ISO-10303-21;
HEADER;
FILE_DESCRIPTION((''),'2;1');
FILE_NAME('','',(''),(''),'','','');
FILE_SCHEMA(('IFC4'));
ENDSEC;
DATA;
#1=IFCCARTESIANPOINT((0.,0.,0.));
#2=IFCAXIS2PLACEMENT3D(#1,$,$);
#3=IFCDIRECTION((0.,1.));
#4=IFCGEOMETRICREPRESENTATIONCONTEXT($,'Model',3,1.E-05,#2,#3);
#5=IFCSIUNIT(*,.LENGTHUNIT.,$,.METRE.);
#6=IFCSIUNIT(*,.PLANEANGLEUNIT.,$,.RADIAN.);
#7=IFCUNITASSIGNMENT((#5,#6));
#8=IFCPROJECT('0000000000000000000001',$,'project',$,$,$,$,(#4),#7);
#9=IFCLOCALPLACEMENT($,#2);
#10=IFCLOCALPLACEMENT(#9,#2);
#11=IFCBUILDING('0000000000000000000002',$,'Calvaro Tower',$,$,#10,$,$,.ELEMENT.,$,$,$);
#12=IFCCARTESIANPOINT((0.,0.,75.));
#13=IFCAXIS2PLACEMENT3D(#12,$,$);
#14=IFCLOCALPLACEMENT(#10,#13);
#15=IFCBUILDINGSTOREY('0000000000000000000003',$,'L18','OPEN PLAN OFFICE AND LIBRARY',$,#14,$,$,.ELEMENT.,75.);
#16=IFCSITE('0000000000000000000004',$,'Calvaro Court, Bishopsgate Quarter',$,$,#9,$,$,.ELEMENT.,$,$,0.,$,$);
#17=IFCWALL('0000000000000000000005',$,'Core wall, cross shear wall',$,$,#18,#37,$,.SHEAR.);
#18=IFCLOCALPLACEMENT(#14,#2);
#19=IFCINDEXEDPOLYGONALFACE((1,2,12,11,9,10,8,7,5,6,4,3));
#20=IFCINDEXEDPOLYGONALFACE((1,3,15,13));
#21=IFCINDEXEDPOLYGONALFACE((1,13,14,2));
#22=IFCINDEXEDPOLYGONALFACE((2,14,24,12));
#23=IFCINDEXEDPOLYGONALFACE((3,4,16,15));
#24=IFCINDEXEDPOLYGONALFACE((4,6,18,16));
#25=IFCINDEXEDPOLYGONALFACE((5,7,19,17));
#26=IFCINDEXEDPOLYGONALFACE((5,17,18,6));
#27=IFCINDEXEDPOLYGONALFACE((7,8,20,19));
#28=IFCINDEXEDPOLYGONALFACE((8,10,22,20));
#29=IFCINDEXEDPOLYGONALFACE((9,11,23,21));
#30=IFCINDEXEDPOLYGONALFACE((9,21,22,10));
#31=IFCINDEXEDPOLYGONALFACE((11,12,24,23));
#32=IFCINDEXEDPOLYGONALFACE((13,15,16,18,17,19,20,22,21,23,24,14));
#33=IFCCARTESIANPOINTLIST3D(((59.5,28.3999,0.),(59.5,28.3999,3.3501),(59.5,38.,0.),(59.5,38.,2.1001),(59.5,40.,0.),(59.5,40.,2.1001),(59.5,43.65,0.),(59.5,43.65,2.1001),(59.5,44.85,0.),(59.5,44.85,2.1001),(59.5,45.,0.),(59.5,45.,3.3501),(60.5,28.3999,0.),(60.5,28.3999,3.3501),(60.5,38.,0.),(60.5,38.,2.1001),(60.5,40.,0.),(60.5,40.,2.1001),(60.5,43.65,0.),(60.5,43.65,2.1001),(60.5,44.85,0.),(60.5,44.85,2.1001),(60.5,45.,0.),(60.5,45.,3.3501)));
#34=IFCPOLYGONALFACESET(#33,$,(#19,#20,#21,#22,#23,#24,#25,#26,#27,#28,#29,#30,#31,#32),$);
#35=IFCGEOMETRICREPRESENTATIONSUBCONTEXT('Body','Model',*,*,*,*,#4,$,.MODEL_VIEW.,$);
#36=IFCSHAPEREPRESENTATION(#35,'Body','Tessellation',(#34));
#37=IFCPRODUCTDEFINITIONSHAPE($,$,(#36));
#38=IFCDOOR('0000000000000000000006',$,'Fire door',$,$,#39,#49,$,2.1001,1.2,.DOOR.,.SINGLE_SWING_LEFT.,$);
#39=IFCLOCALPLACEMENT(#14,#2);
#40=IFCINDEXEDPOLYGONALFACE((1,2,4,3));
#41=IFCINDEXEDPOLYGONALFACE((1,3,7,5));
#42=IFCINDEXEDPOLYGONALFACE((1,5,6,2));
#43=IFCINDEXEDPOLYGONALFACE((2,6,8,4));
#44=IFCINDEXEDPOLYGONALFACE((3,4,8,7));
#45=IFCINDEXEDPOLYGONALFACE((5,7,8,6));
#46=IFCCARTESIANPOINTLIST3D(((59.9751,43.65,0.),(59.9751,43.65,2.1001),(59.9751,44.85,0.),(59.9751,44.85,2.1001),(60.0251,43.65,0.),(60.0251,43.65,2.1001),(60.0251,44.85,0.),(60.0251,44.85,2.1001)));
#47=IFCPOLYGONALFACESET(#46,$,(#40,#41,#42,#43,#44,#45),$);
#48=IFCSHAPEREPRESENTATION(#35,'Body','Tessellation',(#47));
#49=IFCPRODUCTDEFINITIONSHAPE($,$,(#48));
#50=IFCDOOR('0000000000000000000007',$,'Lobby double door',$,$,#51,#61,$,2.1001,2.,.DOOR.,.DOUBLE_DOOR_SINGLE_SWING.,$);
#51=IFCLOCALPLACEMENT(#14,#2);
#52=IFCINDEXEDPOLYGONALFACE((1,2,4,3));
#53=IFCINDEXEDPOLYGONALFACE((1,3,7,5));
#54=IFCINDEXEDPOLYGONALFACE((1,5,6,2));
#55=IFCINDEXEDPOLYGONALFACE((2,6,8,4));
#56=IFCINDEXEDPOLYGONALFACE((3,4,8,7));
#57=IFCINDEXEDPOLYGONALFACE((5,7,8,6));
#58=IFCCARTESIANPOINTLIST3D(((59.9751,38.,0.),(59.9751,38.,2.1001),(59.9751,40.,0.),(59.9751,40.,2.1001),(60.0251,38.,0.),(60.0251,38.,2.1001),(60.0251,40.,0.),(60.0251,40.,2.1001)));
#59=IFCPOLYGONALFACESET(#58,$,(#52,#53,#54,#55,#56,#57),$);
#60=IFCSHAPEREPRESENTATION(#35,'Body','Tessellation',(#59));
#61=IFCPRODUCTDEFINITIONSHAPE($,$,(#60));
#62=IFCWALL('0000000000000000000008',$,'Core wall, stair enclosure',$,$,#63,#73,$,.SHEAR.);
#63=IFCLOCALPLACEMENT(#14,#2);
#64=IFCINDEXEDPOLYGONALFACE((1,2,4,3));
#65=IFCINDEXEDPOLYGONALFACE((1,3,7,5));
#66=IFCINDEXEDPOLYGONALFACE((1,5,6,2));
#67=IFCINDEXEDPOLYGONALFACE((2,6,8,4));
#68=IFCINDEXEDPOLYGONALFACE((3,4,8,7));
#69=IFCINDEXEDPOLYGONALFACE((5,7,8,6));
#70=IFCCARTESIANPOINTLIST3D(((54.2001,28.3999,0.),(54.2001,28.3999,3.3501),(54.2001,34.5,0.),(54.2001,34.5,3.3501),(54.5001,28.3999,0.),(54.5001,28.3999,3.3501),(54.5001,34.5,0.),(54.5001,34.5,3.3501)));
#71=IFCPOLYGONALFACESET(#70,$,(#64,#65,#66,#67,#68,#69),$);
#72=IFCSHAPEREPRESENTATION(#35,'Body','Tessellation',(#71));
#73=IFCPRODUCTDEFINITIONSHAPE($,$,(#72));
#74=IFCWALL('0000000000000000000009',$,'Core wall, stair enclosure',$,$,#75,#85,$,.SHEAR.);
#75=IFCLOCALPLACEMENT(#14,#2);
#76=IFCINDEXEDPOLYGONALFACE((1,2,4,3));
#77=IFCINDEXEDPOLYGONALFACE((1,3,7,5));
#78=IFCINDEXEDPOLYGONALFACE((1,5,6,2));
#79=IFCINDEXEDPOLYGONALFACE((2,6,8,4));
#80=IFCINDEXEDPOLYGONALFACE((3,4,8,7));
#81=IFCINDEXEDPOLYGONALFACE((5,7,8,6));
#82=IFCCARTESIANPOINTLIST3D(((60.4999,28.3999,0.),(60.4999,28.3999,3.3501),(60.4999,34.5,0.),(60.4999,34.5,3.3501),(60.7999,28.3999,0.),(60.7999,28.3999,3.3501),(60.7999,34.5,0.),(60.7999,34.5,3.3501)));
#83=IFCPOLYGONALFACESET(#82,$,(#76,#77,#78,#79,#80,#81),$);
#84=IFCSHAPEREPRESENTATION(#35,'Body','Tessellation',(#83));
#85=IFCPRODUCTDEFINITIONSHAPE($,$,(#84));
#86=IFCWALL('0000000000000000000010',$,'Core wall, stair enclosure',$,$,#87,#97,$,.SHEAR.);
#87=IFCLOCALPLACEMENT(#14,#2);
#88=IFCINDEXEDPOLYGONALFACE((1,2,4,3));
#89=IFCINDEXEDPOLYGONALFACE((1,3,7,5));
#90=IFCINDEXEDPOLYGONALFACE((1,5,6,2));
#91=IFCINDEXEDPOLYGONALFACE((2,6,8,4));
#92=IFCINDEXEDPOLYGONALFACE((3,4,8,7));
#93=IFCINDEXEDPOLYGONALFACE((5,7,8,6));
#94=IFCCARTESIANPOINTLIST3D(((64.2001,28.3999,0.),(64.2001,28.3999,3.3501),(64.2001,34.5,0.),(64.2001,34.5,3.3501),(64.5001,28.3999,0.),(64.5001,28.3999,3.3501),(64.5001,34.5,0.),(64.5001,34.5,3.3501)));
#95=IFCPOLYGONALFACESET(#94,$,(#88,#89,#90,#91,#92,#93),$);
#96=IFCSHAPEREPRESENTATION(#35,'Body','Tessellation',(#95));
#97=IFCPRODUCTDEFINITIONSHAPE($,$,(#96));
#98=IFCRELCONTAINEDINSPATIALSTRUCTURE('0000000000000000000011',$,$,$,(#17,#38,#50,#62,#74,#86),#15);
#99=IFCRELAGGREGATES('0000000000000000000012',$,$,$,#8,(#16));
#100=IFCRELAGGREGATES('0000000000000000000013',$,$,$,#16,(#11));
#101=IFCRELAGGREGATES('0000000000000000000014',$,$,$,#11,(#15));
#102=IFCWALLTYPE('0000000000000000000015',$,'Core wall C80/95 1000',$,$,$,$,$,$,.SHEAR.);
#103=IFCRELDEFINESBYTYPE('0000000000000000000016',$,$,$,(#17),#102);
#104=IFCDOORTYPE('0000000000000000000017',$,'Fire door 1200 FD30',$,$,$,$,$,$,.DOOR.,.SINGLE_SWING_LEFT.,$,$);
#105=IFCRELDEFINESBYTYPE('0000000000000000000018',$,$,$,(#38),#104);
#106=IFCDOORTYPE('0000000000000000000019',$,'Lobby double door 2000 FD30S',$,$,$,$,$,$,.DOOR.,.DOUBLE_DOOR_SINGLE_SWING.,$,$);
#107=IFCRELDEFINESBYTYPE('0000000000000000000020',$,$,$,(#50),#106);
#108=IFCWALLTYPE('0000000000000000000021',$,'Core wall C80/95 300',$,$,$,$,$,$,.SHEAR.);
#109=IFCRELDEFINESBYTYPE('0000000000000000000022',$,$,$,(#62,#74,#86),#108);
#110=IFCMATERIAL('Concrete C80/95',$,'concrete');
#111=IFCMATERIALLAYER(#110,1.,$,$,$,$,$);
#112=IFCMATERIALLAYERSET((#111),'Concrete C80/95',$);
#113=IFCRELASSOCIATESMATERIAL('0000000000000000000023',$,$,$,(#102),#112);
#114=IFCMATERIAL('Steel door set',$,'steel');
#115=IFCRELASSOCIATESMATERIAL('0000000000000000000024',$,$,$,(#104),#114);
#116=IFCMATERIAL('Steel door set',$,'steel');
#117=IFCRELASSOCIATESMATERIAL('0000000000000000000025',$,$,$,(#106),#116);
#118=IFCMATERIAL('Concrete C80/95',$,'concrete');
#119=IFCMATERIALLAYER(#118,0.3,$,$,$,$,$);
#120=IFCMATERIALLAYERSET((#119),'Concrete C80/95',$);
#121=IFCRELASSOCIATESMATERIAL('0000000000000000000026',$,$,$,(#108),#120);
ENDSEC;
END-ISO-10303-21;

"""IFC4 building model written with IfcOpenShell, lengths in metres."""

from ifc_helpers import new_model, si_unit, direction, frame, frame_2d, origin, place, context, subcontext, project, spatial, rectangle, extrude, material, layer, layer_set, type_object, element, fill, save


model = new_model("IFC4")

# Units and contexts
model_context = context("Model", 3, precision=1e-05, world=origin(), true_north=direction((0.0, 1.0)))
body_context = subcontext(model_context, "Body", "Model", "MODEL_VIEW")
ifc_project = project(units=[si_unit("LENGTHUNIT", "METRE"), si_unit("PLANEANGLEUNIT", "RADIAN")], contexts=[model_context])

# Site, building, storey
site_placement = place(None, origin())
site = spatial("IfcSite", under=ifc_project, at=site_placement, Name="Calvaro Court, Bishopsgate Quarter", CompositionType="ELEMENT", RefElevation=0.0)
building_placement = place(site_placement, origin())
building = spatial("IfcBuilding", under=site, at=building_placement, Name="Calvaro Tower", CompositionType="ELEMENT")
storey_placement = place(building_placement, frame((0.0, 0.0, 75.0)))
storey = spatial("IfcBuildingStorey", under=building, at=storey_placement, Name="L18", Description="OPEN PLAN OFFICE AND LIBRARY", CompositionType="ELEMENT", Elevation=75.0)

# Wall, openings, doors
ifc_material_1 = material(Name="Concrete C80/95", Category="concrete")
ifc_layer_1 = layer(ifc_material_1, 1.0)
ifc_layer_set_1 = layer_set([ifc_layer_1], Name="Concrete C80/95")
wall_type_1 = type_object("IfcWallType", Name="Core wall C80/95 1000", PredefinedType="SHEAR", material=ifc_layer_set_1)
wall_1_placement = place(storey_placement, frame((60.0, 28.3999, 0.0), z_axis=(0.0, 0.0, 1.0), x_axis=(0.0, 1.0, 0.0)))
wall_1 = element("IfcWall", 1, at=wall_1_placement, inside=storey, type_object=wall_type_1, Name="Core wall, cross shear wall", PredefinedType="SHEAR", context=body_context, shape_type="SweptSolid", body=[
    extrude(rectangle(XDim=16.6001, YDim=1.0, at=frame_2d((8.3, 0.0))), origin(), (0.0, 0.0, 1.0), 3.3501),
])
opening_1_placement = place(wall_1_placement, frame((9.6001, 0.0, 0.0)))
opening_1 = element("IfcOpeningElement", 2, at=opening_1_placement, cuts=wall_1, PredefinedType="OPENING", context=body_context, shape_type="SweptSolid", body=[
    extrude(rectangle(XDim=2.0, YDim=2.1001, at=frame_2d((1.0, 1.05))), frame((0.0, 0.51, 0.0), z_axis=(0.0, -1.0, 0.0), x_axis=(1.0, 0.0, 0.0)), (0.0, 0.0, 1.0), 1.02),
])
opening_2_placement = place(wall_1_placement, frame((15.25, 0.0, 0.0)))
opening_2 = element("IfcOpeningElement", 3, at=opening_2_placement, cuts=wall_1, PredefinedType="OPENING", context=body_context, shape_type="SweptSolid", body=[
    extrude(rectangle(XDim=1.2, YDim=2.1001, at=frame_2d((0.6001, 1.05))), frame((0.0, 0.51, 0.0), z_axis=(0.0, -1.0, 0.0), x_axis=(1.0, 0.0, 0.0)), (0.0, 0.0, 1.0), 1.02),
])
ifc_material_2 = material(Name="Steel door set", Category="steel")
door_type_1 = type_object("IfcDoorType", Name="Fire door 1200 FD30", OperationType="SINGLE_SWING_LEFT", PredefinedType="DOOR", material=ifc_material_2)
door_1_placement = place(opening_2_placement, origin())
door_1 = element("IfcDoor", 4, at=door_1_placement, inside=storey, type_object=door_type_1, Name="Fire door", OperationType="SINGLE_SWING_LEFT", OverallHeight=2.1001, OverallWidth=1.2, PredefinedType="DOOR", context=body_context, shape_type="SweptSolid", body=[
    extrude(rectangle(XDim=1.2, YDim=2.1001, at=frame_2d((0.6001, 1.05))), frame((0.0, 0.0249, 0.0), z_axis=(0.0, -1.0, 0.0), x_axis=(1.0, 0.0, 0.0)), (0.0, 0.0, 1.0), 0.05),
])
fill(opening_2, door_1)
ifc_material_3 = material(Name="Steel door set", Category="steel")
door_type_2 = type_object("IfcDoorType", Name="Lobby double door 2000 FD30S", OperationType="DOUBLE_DOOR_SINGLE_SWING", PredefinedType="DOOR", material=ifc_material_3)
door_2_placement = place(opening_1_placement, origin())
door_2 = element("IfcDoor", 5, at=door_2_placement, inside=storey, type_object=door_type_2, Name="Lobby double door", OperationType="DOUBLE_DOOR_SINGLE_SWING", OverallHeight=2.1001, OverallWidth=2.0, PredefinedType="DOOR", context=body_context, shape_type="SweptSolid", body=[
    extrude(rectangle(XDim=2.0, YDim=2.1001, at=frame_2d((1.0, 1.05))), frame((0.0, 0.0249, 0.0), z_axis=(0.0, -1.0, 0.0), x_axis=(1.0, 0.0, 0.0)), (0.0, 0.0, 1.0), 0.05),
])
fill(opening_1, door_2)

# Walls
ifc_material_4 = material(Name="Concrete C80/95", Category="concrete")
ifc_layer_2 = layer(ifc_material_4, 0.3)
ifc_layer_set_2 = layer_set([ifc_layer_2], Name="Concrete C80/95")
wall_type_2 = type_object("IfcWallType", Name="Core wall C80/95 300", PredefinedType="SHEAR", material=ifc_layer_set_2)
for number, where, z_axis, x_axis, name in (
    (6, (54.3501, 28.3999, 0.0), (0.0, 0.0, 1.0), (0.0, 1.0, 0.0), "Core wall, stair enclosure"),
    (7, (60.6499, 28.3999, 0.0), (0.0, 0.0, 1.0), (0.0, 1.0, 0.0), "Core wall, stair enclosure"),
    (8, (64.3501, 28.3999, 0.0), (0.0, 0.0, 1.0), (0.0, 1.0, 0.0), "Core wall, stair enclosure"),
):
    element("IfcWall", number, at=place(storey_placement, frame(where, z_axis=z_axis, x_axis=x_axis)), inside=storey, type_object=wall_type_2, Name=name, PredefinedType="SHEAR", context=body_context, shape_type="SweptSolid", body=[
        extrude(rectangle(XDim=6.1001, YDim=0.3, at=frame_2d((3.05, 0.0))), origin(), (0.0, 0.0, 1.0), 3.3501),
    ])

save(model, "model.ifc")
